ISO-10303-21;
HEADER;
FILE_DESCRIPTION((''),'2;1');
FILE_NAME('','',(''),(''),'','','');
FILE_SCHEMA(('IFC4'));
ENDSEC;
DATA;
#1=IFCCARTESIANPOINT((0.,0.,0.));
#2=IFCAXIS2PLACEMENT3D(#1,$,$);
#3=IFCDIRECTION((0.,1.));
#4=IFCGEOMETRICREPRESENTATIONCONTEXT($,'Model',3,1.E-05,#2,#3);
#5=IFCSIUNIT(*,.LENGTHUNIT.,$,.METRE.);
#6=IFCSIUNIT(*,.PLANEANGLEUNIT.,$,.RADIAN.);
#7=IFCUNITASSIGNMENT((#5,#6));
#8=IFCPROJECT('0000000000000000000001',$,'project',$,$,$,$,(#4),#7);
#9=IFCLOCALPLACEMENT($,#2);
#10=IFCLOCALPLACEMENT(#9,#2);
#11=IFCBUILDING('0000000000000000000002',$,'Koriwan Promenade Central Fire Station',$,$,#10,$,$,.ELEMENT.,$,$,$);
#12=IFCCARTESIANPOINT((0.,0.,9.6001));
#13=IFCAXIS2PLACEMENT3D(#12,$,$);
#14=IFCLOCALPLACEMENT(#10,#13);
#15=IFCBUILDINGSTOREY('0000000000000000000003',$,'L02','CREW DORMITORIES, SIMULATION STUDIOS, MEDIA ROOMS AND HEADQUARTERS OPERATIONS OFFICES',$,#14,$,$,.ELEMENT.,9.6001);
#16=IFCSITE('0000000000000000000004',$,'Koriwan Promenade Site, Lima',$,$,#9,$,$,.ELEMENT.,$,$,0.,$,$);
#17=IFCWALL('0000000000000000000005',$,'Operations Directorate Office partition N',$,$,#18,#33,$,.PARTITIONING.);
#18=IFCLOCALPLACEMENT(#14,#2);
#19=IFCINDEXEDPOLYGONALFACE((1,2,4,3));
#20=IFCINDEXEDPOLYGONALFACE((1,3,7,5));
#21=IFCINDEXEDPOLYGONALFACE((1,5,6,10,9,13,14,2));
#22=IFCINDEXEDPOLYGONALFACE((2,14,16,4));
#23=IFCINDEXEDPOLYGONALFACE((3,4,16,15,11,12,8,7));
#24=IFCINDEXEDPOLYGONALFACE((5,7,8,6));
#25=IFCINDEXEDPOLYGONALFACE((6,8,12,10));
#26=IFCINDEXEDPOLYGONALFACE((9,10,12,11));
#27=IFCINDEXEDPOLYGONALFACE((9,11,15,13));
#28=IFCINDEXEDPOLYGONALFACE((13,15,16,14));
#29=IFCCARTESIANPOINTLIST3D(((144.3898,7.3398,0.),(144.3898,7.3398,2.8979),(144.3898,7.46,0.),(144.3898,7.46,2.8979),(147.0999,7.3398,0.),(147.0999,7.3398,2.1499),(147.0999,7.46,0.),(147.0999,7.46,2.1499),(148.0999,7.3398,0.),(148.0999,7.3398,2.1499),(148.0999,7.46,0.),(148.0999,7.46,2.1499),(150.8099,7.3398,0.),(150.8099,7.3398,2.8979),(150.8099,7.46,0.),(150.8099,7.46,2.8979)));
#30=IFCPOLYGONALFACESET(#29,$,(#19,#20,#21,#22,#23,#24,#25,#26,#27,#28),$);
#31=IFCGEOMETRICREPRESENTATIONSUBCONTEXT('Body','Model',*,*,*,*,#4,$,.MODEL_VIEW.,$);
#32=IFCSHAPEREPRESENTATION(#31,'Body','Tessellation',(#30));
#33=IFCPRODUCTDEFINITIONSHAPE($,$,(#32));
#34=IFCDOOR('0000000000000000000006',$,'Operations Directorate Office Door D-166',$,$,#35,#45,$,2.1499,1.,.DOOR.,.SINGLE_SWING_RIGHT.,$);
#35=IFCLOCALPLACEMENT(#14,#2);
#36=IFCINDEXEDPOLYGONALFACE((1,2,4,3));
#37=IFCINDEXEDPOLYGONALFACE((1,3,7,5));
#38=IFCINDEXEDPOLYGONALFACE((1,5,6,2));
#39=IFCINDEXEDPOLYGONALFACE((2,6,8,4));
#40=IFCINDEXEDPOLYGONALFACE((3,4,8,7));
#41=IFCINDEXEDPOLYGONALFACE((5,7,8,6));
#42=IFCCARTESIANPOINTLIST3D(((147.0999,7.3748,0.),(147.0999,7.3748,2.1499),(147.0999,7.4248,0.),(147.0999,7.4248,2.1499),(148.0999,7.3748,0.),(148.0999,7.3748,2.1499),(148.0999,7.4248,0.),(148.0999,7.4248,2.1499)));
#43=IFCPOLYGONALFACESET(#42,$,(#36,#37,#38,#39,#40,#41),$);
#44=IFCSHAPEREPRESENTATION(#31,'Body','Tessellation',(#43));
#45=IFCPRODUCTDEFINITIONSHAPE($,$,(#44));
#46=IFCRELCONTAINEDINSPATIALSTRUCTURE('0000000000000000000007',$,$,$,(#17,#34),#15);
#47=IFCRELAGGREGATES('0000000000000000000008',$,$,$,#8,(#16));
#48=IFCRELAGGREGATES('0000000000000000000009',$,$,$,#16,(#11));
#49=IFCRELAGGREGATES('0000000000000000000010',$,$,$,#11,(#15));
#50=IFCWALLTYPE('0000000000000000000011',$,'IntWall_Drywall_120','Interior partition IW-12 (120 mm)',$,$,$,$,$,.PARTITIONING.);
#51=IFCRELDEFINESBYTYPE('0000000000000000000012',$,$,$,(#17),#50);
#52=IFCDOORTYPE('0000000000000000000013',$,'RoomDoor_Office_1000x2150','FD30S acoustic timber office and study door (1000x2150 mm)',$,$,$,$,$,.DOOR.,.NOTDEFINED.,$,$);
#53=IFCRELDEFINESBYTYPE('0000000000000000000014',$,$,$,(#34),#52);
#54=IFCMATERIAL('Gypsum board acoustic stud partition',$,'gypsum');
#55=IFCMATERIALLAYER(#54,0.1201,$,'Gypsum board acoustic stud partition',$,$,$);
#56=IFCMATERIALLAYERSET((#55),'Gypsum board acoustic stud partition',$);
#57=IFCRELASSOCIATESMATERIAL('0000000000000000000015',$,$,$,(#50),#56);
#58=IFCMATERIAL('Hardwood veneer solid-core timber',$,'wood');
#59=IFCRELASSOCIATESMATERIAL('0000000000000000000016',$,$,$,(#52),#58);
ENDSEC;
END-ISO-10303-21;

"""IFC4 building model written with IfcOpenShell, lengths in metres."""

from ifc_helpers import new_model, si_unit, direction, frame, frame_2d, origin, place, context, subcontext, project, spatial, rectangle, extrude, material, layer, layer_set, type_object, element, fill, save


model = new_model("IFC4")

# Units and contexts
model_context = context("Model", 3, precision=1e-05, world=origin(), true_north=direction((0.0, 1.0)))
body_context = subcontext(model_context, "Body", "Model", "MODEL_VIEW")
ifc_project = project(units=[si_unit("LENGTHUNIT", "METRE"), si_unit("PLANEANGLEUNIT", "RADIAN")], contexts=[model_context])

# Site, building, storey
site_placement = place(None, origin())
site = spatial("IfcSite", under=ifc_project, at=site_placement, Name="Koriwan Promenade Site, Lima", CompositionType="ELEMENT", RefElevation=0.0)
building_placement = place(site_placement, origin())
building = spatial("IfcBuilding", under=site, at=building_placement, Name="Koriwan Promenade Central Fire Station", CompositionType="ELEMENT")
storey_placement = place(building_placement, frame((0.0, 0.0, 9.6001)))
storey = spatial("IfcBuildingStorey", under=building, at=storey_placement, Name="L02", Description="CREW DORMITORIES, SIMULATION STUDIOS, MEDIA ROOMS AND HEADQUARTERS OPERATIONS OFFICES", CompositionType="ELEMENT", Elevation=9.6001)

# Wall, opening, door
ifc_material_1 = material(Name="Gypsum board acoustic stud partition", Category="gypsum")
ifc_layer_1 = layer(ifc_material_1, 0.1201, Name="Gypsum board acoustic stud partition")
ifc_layer_set_1 = layer_set([ifc_layer_1], Name="Gypsum board acoustic stud partition")
wall_type = type_object("IfcWallType", Name="IntWall_Drywall_120", Description="Interior partition IW-12 (120 mm)", PredefinedType="PARTITIONING", material=ifc_layer_set_1)
wall_placement = place(storey_placement, frame((144.3899, 7.3999, 0.0), z_axis=(0.0, 0.0, 1.0), x_axis=(1.0, 0.0, 0.0)))
wall = element("IfcWall", 1, at=wall_placement, inside=storey, type_object=wall_type, Name="Operations Directorate Office partition N", PredefinedType="PARTITIONING", context=body_context, shape_type="SweptSolid", body=[
    extrude(rectangle(XDim=6.4202, YDim=0.1201, at=frame_2d((3.21, 0.0))), origin(), (0.0, 0.0, 1.0), 2.8979),
])
opening_placement = place(wall_placement, frame((2.71, 0.0, 0.0)))
opening = element("IfcOpeningElement", 2, at=opening_placement, cuts=wall, PredefinedType="OPENING", context=body_context, shape_type="SweptSolid", body=[
    extrude(rectangle(XDim=1.0, YDim=2.1499, at=frame_2d((0.5, 1.075))), frame((0.0, 0.072, 0.0), z_axis=(0.0, -1.0, 0.0), x_axis=(1.0, 0.0, 0.0)), (0.0, 0.0, 1.0), 0.144),
])
ifc_material_2 = material(Name="Hardwood veneer solid-core timber", Category="wood")
door_type = type_object("IfcDoorType", Name="RoomDoor_Office_1000x2150", Description="FD30S acoustic timber office and study door (1000x2150 mm)", OperationType="NOTDEFINED", PredefinedType="DOOR", material=ifc_material_2)
door_placement = place(opening_placement, origin())
door = element("IfcDoor", 3, at=door_placement, inside=storey, type_object=door_type, Name="Operations Directorate Office Door D-166", OperationType="SINGLE_SWING_RIGHT", OverallHeight=2.1499, OverallWidth=1.0, PredefinedType="DOOR", context=body_context, shape_type="SweptSolid", body=[
    extrude(rectangle(XDim=1.0, YDim=2.1499, at=frame_2d((0.5, 1.075))), frame((0.0, 0.0249, 0.0), z_axis=(0.0, -1.0, 0.0), x_axis=(1.0, 0.0, 0.0)), (0.0, 0.0, 1.0), 0.05),
])
fill(opening, door)

save(model, "model.ifc")
